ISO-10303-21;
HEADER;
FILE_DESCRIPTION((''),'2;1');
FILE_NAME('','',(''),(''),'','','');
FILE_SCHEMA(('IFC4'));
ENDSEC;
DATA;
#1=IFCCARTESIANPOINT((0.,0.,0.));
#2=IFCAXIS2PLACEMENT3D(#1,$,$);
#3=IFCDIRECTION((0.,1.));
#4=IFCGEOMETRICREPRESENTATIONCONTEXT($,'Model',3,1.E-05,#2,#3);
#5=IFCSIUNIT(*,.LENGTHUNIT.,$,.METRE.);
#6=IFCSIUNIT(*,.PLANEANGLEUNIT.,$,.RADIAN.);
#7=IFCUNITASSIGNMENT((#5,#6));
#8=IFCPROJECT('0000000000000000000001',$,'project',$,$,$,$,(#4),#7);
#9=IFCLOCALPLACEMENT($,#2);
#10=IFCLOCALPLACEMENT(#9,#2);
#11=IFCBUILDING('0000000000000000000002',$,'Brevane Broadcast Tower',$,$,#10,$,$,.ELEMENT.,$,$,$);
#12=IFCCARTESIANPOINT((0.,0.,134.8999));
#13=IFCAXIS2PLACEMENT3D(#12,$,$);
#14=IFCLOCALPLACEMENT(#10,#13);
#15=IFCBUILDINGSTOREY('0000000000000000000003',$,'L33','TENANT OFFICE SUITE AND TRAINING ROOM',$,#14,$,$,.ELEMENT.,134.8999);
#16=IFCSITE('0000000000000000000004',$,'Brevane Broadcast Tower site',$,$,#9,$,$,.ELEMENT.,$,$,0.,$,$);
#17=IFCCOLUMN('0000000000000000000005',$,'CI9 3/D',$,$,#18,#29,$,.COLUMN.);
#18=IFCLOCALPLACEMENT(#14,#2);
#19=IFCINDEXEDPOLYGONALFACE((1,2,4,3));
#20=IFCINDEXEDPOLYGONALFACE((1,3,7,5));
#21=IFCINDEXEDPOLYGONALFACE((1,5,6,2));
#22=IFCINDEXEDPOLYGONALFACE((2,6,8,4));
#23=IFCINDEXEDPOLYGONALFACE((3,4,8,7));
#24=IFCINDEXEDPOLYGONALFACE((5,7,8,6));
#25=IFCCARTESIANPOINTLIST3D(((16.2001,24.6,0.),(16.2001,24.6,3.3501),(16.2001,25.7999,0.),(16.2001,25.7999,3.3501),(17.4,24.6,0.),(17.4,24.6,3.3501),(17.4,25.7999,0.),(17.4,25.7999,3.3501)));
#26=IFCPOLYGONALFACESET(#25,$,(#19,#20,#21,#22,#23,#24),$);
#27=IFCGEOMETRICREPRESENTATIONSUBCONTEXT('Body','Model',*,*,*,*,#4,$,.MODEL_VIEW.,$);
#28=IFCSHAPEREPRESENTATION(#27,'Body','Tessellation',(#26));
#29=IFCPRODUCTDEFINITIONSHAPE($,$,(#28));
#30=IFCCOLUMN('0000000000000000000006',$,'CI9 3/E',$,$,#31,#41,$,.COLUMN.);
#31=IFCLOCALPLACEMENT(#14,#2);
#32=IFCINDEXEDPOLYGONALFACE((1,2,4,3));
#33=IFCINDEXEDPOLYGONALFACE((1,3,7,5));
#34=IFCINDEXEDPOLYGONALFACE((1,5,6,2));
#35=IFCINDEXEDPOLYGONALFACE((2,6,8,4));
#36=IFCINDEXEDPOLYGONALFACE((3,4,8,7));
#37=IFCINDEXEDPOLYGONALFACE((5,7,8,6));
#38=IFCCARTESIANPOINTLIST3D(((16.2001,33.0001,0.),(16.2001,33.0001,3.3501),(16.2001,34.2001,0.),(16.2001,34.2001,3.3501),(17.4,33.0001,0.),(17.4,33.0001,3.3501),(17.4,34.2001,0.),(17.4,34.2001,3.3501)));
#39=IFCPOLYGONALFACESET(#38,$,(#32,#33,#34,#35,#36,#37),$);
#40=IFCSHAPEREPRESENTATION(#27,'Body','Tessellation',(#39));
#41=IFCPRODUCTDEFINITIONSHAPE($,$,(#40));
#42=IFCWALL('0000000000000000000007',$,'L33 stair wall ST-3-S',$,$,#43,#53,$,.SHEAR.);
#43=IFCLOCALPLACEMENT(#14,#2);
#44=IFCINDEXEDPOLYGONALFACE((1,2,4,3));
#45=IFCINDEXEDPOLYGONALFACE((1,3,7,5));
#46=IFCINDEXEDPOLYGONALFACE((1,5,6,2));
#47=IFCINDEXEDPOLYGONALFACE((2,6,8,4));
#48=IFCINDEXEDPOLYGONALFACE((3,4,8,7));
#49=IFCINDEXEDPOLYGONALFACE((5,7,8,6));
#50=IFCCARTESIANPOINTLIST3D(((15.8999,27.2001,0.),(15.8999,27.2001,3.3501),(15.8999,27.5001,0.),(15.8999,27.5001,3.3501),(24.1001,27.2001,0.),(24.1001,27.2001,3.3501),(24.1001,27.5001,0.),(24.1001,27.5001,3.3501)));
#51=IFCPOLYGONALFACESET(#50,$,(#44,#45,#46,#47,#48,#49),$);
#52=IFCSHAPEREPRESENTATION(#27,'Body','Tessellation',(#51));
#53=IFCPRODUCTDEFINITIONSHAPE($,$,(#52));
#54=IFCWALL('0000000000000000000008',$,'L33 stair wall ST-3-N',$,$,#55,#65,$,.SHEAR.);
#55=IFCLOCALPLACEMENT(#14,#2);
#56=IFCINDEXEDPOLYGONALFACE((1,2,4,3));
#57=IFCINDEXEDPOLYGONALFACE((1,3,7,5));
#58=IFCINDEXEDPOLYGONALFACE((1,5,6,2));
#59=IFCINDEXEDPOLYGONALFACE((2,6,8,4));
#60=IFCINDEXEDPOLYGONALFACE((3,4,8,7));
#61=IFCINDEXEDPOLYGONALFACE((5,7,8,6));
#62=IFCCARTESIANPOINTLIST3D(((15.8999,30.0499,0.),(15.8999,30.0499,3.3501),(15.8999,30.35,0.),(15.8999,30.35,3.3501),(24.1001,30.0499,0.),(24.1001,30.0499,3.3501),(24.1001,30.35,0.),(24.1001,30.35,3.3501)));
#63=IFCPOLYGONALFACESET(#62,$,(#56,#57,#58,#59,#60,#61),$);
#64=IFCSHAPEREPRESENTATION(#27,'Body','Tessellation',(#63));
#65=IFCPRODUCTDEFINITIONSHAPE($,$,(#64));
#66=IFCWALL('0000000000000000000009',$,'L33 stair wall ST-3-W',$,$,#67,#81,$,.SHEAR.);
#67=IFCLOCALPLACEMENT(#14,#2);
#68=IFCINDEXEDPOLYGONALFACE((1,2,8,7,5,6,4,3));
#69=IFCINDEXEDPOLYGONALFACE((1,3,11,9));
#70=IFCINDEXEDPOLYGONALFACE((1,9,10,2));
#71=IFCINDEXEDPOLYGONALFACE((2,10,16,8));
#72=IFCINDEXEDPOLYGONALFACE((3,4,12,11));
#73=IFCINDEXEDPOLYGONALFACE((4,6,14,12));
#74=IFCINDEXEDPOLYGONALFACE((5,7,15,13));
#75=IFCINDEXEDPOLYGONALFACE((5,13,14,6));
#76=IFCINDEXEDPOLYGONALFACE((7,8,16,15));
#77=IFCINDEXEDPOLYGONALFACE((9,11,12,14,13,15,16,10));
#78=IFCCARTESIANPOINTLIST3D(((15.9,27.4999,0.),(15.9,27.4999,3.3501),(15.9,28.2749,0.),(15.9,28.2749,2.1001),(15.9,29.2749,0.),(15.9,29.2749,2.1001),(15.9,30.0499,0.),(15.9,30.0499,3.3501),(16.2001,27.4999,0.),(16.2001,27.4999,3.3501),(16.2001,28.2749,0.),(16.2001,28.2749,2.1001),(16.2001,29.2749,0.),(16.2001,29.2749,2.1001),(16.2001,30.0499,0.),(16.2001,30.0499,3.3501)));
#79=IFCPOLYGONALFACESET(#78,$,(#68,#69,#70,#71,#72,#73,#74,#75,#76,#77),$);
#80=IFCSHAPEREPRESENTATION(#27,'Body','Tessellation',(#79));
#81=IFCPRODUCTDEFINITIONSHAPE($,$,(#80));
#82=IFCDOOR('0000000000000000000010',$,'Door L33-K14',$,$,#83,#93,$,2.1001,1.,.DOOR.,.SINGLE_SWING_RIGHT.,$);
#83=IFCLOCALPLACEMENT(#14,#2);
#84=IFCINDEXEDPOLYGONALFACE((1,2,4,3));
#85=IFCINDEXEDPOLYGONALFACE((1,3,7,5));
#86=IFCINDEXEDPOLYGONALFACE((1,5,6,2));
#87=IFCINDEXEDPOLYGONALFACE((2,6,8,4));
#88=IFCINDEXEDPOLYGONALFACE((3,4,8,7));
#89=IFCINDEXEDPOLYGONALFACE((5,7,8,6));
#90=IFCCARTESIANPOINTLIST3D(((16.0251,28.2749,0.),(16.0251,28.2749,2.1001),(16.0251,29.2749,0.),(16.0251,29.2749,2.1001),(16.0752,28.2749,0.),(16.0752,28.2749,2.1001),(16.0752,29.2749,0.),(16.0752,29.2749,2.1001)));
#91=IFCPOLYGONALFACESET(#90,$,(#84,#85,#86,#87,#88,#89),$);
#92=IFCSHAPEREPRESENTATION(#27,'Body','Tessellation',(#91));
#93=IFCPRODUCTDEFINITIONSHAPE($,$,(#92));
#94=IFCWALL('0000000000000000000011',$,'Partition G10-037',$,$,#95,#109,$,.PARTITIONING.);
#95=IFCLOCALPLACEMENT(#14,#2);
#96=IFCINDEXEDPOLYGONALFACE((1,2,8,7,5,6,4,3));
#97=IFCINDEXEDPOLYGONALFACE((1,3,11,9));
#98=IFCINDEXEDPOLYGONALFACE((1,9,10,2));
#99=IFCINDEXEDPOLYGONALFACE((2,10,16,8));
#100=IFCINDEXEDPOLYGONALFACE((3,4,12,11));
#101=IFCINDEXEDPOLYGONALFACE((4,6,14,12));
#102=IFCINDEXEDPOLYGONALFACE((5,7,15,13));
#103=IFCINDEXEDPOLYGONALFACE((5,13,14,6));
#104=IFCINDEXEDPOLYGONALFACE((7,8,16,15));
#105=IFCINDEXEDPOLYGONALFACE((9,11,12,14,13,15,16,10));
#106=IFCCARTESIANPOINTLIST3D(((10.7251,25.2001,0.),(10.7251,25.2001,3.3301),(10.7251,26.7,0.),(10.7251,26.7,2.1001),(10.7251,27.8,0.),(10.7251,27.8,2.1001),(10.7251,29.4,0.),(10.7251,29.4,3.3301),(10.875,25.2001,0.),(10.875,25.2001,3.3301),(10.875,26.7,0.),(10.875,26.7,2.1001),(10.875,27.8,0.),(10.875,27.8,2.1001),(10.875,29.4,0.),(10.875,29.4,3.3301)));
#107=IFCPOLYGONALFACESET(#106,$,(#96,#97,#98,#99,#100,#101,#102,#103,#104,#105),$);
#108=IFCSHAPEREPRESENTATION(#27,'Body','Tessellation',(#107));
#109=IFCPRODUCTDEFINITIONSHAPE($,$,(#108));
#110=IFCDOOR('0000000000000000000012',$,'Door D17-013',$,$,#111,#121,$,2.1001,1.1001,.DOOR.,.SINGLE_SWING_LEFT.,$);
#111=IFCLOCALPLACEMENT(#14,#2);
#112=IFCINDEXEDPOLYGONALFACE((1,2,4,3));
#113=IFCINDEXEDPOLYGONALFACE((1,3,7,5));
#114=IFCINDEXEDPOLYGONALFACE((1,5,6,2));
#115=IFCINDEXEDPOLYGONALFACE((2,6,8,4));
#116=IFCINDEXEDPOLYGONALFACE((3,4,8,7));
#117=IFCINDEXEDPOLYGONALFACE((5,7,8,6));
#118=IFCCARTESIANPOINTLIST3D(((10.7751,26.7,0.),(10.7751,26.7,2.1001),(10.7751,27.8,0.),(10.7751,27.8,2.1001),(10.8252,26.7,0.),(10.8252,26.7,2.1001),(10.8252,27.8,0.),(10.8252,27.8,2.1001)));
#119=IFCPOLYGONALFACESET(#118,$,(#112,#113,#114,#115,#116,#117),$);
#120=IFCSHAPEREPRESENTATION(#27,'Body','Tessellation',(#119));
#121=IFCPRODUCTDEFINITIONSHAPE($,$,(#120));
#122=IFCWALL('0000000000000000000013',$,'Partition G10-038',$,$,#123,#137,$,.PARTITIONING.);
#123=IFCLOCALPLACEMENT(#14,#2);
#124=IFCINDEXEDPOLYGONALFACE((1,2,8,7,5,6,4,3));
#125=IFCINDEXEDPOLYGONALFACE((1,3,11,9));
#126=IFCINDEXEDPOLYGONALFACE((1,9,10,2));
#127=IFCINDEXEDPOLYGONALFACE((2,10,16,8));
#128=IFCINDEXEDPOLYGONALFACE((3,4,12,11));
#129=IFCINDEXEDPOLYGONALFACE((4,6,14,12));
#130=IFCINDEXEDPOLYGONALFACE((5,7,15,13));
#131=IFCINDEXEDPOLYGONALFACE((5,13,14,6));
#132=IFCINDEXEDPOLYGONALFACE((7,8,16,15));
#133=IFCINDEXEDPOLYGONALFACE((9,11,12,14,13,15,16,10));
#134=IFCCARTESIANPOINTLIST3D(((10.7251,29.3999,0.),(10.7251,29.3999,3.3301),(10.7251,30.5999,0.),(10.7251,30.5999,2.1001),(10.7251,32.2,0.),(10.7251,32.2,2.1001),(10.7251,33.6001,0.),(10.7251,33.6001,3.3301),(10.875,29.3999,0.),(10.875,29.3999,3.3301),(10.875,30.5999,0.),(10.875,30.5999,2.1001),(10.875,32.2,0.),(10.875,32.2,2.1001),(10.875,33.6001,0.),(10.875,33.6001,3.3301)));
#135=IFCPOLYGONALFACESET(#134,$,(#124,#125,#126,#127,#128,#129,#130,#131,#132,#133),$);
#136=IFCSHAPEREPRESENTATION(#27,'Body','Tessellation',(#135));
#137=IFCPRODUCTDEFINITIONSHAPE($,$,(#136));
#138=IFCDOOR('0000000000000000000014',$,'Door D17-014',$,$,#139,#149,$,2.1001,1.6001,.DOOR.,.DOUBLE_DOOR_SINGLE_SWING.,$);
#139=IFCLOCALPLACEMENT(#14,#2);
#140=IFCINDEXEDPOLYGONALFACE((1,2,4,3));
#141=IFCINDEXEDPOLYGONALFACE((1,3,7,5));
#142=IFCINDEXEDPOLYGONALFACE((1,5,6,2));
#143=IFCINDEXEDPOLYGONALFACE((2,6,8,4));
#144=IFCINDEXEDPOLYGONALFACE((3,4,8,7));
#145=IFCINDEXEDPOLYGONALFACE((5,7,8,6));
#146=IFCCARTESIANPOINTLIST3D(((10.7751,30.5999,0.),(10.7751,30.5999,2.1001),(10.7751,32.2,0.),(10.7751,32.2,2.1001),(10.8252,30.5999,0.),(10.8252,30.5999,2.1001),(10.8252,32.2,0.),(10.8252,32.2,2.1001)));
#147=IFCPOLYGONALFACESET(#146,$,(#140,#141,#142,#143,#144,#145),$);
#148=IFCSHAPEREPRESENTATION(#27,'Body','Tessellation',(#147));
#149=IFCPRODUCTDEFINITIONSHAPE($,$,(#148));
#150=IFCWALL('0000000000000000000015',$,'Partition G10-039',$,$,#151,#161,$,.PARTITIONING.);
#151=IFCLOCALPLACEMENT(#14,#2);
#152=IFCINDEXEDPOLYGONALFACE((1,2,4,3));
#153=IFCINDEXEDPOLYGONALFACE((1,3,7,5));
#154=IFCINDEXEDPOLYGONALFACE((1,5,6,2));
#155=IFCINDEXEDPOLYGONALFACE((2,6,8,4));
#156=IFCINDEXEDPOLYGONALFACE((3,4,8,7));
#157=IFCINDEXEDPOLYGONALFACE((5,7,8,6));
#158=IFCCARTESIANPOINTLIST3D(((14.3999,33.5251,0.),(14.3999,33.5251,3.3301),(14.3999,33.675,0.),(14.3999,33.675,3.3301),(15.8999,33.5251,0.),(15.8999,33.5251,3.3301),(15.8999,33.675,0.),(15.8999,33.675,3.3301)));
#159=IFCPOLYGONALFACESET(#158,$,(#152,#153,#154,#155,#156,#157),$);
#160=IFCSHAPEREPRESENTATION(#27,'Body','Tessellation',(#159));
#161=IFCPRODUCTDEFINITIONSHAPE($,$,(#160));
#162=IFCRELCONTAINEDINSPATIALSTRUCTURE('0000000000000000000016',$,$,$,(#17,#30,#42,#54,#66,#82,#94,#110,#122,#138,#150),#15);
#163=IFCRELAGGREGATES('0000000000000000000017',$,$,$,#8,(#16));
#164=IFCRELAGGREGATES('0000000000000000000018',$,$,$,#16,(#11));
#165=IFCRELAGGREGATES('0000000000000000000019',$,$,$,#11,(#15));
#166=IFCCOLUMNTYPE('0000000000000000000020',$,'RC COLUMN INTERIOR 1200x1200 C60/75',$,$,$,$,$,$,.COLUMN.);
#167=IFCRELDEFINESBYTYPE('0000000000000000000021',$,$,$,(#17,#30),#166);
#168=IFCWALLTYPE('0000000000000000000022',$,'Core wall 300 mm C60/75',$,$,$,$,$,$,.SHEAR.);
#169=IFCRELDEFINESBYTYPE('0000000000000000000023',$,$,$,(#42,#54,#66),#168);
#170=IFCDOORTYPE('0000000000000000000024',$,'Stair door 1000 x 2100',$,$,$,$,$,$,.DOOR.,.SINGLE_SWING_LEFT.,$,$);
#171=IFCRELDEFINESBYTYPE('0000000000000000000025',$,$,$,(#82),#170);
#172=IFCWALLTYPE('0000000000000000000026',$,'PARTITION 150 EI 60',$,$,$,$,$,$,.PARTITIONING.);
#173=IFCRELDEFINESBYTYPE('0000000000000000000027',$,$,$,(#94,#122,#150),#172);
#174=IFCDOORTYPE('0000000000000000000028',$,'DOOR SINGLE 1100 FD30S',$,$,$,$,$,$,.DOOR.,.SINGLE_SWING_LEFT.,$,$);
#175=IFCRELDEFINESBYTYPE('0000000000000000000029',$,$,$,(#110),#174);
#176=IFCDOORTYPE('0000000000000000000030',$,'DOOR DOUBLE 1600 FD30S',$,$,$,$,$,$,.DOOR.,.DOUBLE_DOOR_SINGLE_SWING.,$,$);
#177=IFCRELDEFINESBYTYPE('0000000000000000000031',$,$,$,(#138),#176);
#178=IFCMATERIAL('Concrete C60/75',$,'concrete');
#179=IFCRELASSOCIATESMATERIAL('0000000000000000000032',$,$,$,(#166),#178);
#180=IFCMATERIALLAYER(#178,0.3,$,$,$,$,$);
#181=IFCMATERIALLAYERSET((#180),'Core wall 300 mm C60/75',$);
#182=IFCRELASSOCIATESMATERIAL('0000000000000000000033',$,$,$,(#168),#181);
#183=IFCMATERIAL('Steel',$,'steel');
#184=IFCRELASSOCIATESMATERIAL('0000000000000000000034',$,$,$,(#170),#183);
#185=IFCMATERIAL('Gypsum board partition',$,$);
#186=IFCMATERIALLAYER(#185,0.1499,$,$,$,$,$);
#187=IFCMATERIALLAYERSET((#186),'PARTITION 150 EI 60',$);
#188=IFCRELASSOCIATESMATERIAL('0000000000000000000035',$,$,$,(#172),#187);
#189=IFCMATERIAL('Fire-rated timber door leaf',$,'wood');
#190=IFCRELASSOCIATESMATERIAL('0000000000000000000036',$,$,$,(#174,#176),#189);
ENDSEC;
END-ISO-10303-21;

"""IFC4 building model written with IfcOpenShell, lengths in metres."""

from ifc_helpers import new_model, si_unit, direction, frame, frame_2d, origin, origin_2d, place, context, subcontext, project, spatial, rectangle, extrude, material, layer, layer_set, material_profile, profile_set, type_object, element, fill, save


model = new_model("IFC4")

# Units and contexts
model_context = context("Model", 3, precision=1e-05, world=origin(), true_north=direction((0.0, 1.0)))
body_context = subcontext(model_context, "Body", "Model", "MODEL_VIEW")
ifc_project = project(units=[si_unit("LENGTHUNIT", "METRE"), si_unit("PLANEANGLEUNIT", "RADIAN")], contexts=[model_context])

# Site, building, storey
site_placement = place(None, origin())
site = spatial("IfcSite", under=ifc_project, at=site_placement, Name="Brevane Broadcast Tower site", CompositionType="ELEMENT", RefElevation=0.0)
building_placement = place(site_placement, origin())
building = spatial("IfcBuilding", under=site, at=building_placement, Name="Brevane Broadcast Tower", CompositionType="ELEMENT")
storey_placement = place(building_placement, frame((0.0, 0.0, 134.8999)))
storey = spatial("IfcBuildingStorey", under=building, at=storey_placement, Name="L33", Description="TENANT OFFICE SUITE AND TRAINING ROOM", CompositionType="ELEMENT", Elevation=134.8999)

# Columns
ifc_material_1 = material(Name="Concrete C60/75", Category="concrete")
ifc_material_profile = material_profile(ifc_material_1, rectangle(XDim=1.2, YDim=1.2, at=origin_2d()), Name="RC 1200x1200")
ifc_profile_set = profile_set([ifc_material_profile], Name="Concrete C60/75")
column_type = type_object("IfcColumnType", Name="RC COLUMN INTERIOR 1200x1200 C60/75", PredefinedType="COLUMN", material=ifc_profile_set)
for number, where, z_axis, x_axis, name in (
    (1, (16.8, 25.2, 0.0), (0.0, 0.0, 1.0), (1.0, 0.0, 0.0), "CI9 3/D"),
    (2, (16.8, 33.6001, 0.0), (0.0, 0.0, 1.0), (1.0, 0.0, 0.0), "CI9 3/E"),
):
    element("IfcColumn", number, at=place(storey_placement, frame(where, z_axis=z_axis, x_axis=x_axis)), inside=storey, type_object=column_type, Name=name, PredefinedType="COLUMN", context=body_context, shape_type="SweptSolid", body=[
        extrude(rectangle(XDim=1.2, YDim=1.2, at=origin_2d()), origin(), (0.0, 0.0, 1.0), 3.3501),
    ])

# Walls
ifc_layer_1 = layer(ifc_material_1, 0.3)
ifc_layer_set_1 = layer_set([ifc_layer_1], Name="Core wall 300 mm C60/75")
wall_type_1 = type_object("IfcWallType", Name="Core wall 300 mm C60/75", PredefinedType="SHEAR", material=ifc_layer_set_1)
for number, where, z_axis, x_axis, name in (
    (3, (15.8999, 27.3501, 0.0), (0.0, 0.0, 1.0), (1.0, 0.0, 0.0), "L33 stair wall ST-3-S"),
    (4, (15.8999, 30.2, 0.0), (0.0, 0.0, 1.0), (1.0, 0.0, 0.0), "L33 stair wall ST-3-N"),
):
    element("IfcWall", number, at=place(storey_placement, frame(where, z_axis=z_axis, x_axis=x_axis)), inside=storey, type_object=wall_type_1, Name=name, PredefinedType="SHEAR", context=body_context, shape_type="SweptSolid", body=[
        extrude(rectangle(XDim=8.2002, YDim=0.3, at=frame_2d((4.1001, 0.0))), origin(), (0.0, 0.0, 1.0), 3.3501),
    ])

# Walls, openings, doors
wall_1_placement = place(storey_placement, frame((16.05, 27.5, 0.0), z_axis=(0.0, 0.0, 1.0), x_axis=(0.0, 1.0, 0.0)))
wall_1 = element("IfcWall", 5, at=wall_1_placement, inside=storey, type_object=wall_type_1, Name="L33 stair wall ST-3-W", PredefinedType="SHEAR", context=body_context, shape_type="SweptSolid", body=[
    extrude(rectangle(XDim=2.55, YDim=0.3, at=frame_2d((1.2749, 0.0))), origin(), (0.0, 0.0, 1.0), 3.3501),
])
opening_1_placement = place(wall_1_placement, frame((0.7749, 0.0, 0.0)))
opening_1 = element("IfcOpeningElement", 6, at=opening_1_placement, cuts=wall_1, PredefinedType="OPENING", context=body_context, shape_type="SweptSolid", body=[
    extrude(rectangle(XDim=1.0, YDim=2.1001, at=frame_2d((0.5, 1.05))), frame((0.0, 0.1599, 0.0), z_axis=(0.0, -1.0, 0.0), x_axis=(1.0, 0.0, 0.0)), (0.0, 0.0, 1.0), 0.3201),
])
ifc_material_2 = material(Name="Steel", Category="steel")
door_type_1 = type_object("IfcDoorType", Name="Stair door 1000 x 2100", OperationType="SINGLE_SWING_LEFT", PredefinedType="DOOR", material=ifc_material_2)
door_1_placement = place(opening_1_placement, origin())
door_1 = element("IfcDoor", 7, at=door_1_placement, inside=storey, type_object=door_type_1, Name="Door L33-K14", OperationType="SINGLE_SWING_RIGHT", OverallHeight=2.1001, OverallWidth=1.0, PredefinedType="DOOR", context=body_context, shape_type="SweptSolid", body=[
    extrude(rectangle(XDim=1.0, YDim=2.1001, at=frame_2d((0.5, 1.05))), frame((0.0, 0.0249, 0.0), z_axis=(0.0, -1.0, 0.0), x_axis=(1.0, 0.0, 0.0)), (0.0, 0.0, 1.0), 0.05),
])
fill(opening_1, door_1)
ifc_material_3 = material(Name="Gypsum board partition")
ifc_layer_2 = layer(ifc_material_3, 0.1499)
ifc_layer_set_2 = layer_set([ifc_layer_2], Name="PARTITION 150 EI 60")
wall_type_2 = type_object("IfcWallType", Name="PARTITION 150 EI 60", PredefinedType="PARTITIONING", material=ifc_layer_set_2)
wall_2_placement = place(storey_placement, frame((10.8, 25.2, 0.0), z_axis=(0.0, 0.0, 1.0), x_axis=(0.0, 1.0, 0.0)))
wall_2 = element("IfcWall", 8, at=wall_2_placement, inside=storey, type_object=wall_type_2, Name="Partition G10-037", PredefinedType="PARTITIONING", context=body_context, shape_type="SweptSolid", body=[
    extrude(rectangle(XDim=4.2, YDim=0.1499, at=frame_2d((2.1001, 0.0))), origin(), (0.0, 0.0, 1.0), 3.3301),
])
opening_2_placement = place(wall_2_placement, frame((1.5, 0.0, 0.0)))
opening_2 = element("IfcOpeningElement", 9, at=opening_2_placement, cuts=wall_2, PredefinedType="OPENING", context=body_context, shape_type="SweptSolid", body=[
    extrude(rectangle(XDim=1.1001, YDim=2.1001, at=frame_2d((0.55, 1.05))), frame((0.0, 0.085, 0.0), z_axis=(0.0, -1.0, 0.0), x_axis=(1.0, 0.0, 0.0)), (0.0, 0.0, 1.0), 0.1699),
])
ifc_material_4 = material(Name="Fire-rated timber door leaf", Category="wood")
door_type_2 = type_object("IfcDoorType", Name="DOOR SINGLE 1100 FD30S", OperationType="SINGLE_SWING_LEFT", PredefinedType="DOOR", material=ifc_material_4)
door_2_placement = place(opening_2_placement, origin())
door_2 = element("IfcDoor", 10, at=door_2_placement, inside=storey, type_object=door_type_2, Name="Door D17-013", OperationType="SINGLE_SWING_LEFT", OverallHeight=2.1001, OverallWidth=1.1001, PredefinedType="DOOR", context=body_context, shape_type="SweptSolid", body=[
    extrude(rectangle(XDim=1.1001, YDim=2.1001, at=frame_2d((0.55, 1.05))), frame((0.0, 0.0249, 0.0), z_axis=(0.0, -1.0, 0.0), x_axis=(1.0, 0.0, 0.0)), (0.0, 0.0, 1.0), 0.05),
])
fill(opening_2, door_2)
wall_3_placement = place(storey_placement, frame((10.8, 29.3999, 0.0), z_axis=(0.0, 0.0, 1.0), x_axis=(0.0, 1.0, 0.0)))
wall_3 = element("IfcWall", 11, at=wall_3_placement, inside=storey, type_object=wall_type_2, Name="Partition G10-038", PredefinedType="PARTITIONING", context=body_context, shape_type="SweptSolid", body=[
    extrude(rectangle(XDim=4.2002, YDim=0.1499, at=frame_2d((2.1001, 0.0))), origin(), (0.0, 0.0, 1.0), 3.3301),
])
opening_3_placement = place(wall_3_placement, frame((1.2, 0.0, 0.0)))
opening_3 = element("IfcOpeningElement", 12, at=opening_3_placement, cuts=wall_3, PredefinedType="OPENING", context=body_context, shape_type="SweptSolid", body=[
    extrude(rectangle(XDim=1.6001, YDim=2.1001, at=frame_2d((0.8, 1.05))), frame((0.0, 0.085, 0.0), z_axis=(0.0, -1.0, 0.0), x_axis=(1.0, 0.0, 0.0)), (0.0, 0.0, 1.0), 0.1699),
])
door_type_3 = type_object("IfcDoorType", Name="DOOR DOUBLE 1600 FD30S", OperationType="DOUBLE_DOOR_SINGLE_SWING", PredefinedType="DOOR", material=ifc_material_4)
door_3_placement = place(opening_3_placement, origin())
door_3 = element("IfcDoor", 13, at=door_3_placement, inside=storey, type_object=door_type_3, Name="Door D17-014", OperationType="DOUBLE_DOOR_SINGLE_SWING", OverallHeight=2.1001, OverallWidth=1.6001, PredefinedType="DOOR", context=body_context, shape_type="SweptSolid", body=[
    extrude(rectangle(XDim=1.6001, YDim=2.1001, at=frame_2d((0.8, 1.05))), frame((0.0, 0.0249, 0.0), z_axis=(0.0, -1.0, 0.0), x_axis=(1.0, 0.0, 0.0)), (0.0, 0.0, 1.0), 0.05),
])
fill(opening_3, door_3)

# Wall
wall_4_placement = place(storey_placement, frame((14.3999, 33.6001, 0.0), z_axis=(0.0, 0.0, 1.0), x_axis=(1.0, 0.0, 0.0)))
element("IfcWall", 14, at=wall_4_placement, inside=storey, type_object=wall_type_2, Name="Partition G10-039", PredefinedType="PARTITIONING", context=body_context, shape_type="SweptSolid", body=[
    extrude(rectangle(XDim=1.5, YDim=0.1499, at=frame_2d((0.75, 0.0))), origin(), (0.0, 0.0, 1.0), 3.3301),
])

save(model, "model.ifc")
